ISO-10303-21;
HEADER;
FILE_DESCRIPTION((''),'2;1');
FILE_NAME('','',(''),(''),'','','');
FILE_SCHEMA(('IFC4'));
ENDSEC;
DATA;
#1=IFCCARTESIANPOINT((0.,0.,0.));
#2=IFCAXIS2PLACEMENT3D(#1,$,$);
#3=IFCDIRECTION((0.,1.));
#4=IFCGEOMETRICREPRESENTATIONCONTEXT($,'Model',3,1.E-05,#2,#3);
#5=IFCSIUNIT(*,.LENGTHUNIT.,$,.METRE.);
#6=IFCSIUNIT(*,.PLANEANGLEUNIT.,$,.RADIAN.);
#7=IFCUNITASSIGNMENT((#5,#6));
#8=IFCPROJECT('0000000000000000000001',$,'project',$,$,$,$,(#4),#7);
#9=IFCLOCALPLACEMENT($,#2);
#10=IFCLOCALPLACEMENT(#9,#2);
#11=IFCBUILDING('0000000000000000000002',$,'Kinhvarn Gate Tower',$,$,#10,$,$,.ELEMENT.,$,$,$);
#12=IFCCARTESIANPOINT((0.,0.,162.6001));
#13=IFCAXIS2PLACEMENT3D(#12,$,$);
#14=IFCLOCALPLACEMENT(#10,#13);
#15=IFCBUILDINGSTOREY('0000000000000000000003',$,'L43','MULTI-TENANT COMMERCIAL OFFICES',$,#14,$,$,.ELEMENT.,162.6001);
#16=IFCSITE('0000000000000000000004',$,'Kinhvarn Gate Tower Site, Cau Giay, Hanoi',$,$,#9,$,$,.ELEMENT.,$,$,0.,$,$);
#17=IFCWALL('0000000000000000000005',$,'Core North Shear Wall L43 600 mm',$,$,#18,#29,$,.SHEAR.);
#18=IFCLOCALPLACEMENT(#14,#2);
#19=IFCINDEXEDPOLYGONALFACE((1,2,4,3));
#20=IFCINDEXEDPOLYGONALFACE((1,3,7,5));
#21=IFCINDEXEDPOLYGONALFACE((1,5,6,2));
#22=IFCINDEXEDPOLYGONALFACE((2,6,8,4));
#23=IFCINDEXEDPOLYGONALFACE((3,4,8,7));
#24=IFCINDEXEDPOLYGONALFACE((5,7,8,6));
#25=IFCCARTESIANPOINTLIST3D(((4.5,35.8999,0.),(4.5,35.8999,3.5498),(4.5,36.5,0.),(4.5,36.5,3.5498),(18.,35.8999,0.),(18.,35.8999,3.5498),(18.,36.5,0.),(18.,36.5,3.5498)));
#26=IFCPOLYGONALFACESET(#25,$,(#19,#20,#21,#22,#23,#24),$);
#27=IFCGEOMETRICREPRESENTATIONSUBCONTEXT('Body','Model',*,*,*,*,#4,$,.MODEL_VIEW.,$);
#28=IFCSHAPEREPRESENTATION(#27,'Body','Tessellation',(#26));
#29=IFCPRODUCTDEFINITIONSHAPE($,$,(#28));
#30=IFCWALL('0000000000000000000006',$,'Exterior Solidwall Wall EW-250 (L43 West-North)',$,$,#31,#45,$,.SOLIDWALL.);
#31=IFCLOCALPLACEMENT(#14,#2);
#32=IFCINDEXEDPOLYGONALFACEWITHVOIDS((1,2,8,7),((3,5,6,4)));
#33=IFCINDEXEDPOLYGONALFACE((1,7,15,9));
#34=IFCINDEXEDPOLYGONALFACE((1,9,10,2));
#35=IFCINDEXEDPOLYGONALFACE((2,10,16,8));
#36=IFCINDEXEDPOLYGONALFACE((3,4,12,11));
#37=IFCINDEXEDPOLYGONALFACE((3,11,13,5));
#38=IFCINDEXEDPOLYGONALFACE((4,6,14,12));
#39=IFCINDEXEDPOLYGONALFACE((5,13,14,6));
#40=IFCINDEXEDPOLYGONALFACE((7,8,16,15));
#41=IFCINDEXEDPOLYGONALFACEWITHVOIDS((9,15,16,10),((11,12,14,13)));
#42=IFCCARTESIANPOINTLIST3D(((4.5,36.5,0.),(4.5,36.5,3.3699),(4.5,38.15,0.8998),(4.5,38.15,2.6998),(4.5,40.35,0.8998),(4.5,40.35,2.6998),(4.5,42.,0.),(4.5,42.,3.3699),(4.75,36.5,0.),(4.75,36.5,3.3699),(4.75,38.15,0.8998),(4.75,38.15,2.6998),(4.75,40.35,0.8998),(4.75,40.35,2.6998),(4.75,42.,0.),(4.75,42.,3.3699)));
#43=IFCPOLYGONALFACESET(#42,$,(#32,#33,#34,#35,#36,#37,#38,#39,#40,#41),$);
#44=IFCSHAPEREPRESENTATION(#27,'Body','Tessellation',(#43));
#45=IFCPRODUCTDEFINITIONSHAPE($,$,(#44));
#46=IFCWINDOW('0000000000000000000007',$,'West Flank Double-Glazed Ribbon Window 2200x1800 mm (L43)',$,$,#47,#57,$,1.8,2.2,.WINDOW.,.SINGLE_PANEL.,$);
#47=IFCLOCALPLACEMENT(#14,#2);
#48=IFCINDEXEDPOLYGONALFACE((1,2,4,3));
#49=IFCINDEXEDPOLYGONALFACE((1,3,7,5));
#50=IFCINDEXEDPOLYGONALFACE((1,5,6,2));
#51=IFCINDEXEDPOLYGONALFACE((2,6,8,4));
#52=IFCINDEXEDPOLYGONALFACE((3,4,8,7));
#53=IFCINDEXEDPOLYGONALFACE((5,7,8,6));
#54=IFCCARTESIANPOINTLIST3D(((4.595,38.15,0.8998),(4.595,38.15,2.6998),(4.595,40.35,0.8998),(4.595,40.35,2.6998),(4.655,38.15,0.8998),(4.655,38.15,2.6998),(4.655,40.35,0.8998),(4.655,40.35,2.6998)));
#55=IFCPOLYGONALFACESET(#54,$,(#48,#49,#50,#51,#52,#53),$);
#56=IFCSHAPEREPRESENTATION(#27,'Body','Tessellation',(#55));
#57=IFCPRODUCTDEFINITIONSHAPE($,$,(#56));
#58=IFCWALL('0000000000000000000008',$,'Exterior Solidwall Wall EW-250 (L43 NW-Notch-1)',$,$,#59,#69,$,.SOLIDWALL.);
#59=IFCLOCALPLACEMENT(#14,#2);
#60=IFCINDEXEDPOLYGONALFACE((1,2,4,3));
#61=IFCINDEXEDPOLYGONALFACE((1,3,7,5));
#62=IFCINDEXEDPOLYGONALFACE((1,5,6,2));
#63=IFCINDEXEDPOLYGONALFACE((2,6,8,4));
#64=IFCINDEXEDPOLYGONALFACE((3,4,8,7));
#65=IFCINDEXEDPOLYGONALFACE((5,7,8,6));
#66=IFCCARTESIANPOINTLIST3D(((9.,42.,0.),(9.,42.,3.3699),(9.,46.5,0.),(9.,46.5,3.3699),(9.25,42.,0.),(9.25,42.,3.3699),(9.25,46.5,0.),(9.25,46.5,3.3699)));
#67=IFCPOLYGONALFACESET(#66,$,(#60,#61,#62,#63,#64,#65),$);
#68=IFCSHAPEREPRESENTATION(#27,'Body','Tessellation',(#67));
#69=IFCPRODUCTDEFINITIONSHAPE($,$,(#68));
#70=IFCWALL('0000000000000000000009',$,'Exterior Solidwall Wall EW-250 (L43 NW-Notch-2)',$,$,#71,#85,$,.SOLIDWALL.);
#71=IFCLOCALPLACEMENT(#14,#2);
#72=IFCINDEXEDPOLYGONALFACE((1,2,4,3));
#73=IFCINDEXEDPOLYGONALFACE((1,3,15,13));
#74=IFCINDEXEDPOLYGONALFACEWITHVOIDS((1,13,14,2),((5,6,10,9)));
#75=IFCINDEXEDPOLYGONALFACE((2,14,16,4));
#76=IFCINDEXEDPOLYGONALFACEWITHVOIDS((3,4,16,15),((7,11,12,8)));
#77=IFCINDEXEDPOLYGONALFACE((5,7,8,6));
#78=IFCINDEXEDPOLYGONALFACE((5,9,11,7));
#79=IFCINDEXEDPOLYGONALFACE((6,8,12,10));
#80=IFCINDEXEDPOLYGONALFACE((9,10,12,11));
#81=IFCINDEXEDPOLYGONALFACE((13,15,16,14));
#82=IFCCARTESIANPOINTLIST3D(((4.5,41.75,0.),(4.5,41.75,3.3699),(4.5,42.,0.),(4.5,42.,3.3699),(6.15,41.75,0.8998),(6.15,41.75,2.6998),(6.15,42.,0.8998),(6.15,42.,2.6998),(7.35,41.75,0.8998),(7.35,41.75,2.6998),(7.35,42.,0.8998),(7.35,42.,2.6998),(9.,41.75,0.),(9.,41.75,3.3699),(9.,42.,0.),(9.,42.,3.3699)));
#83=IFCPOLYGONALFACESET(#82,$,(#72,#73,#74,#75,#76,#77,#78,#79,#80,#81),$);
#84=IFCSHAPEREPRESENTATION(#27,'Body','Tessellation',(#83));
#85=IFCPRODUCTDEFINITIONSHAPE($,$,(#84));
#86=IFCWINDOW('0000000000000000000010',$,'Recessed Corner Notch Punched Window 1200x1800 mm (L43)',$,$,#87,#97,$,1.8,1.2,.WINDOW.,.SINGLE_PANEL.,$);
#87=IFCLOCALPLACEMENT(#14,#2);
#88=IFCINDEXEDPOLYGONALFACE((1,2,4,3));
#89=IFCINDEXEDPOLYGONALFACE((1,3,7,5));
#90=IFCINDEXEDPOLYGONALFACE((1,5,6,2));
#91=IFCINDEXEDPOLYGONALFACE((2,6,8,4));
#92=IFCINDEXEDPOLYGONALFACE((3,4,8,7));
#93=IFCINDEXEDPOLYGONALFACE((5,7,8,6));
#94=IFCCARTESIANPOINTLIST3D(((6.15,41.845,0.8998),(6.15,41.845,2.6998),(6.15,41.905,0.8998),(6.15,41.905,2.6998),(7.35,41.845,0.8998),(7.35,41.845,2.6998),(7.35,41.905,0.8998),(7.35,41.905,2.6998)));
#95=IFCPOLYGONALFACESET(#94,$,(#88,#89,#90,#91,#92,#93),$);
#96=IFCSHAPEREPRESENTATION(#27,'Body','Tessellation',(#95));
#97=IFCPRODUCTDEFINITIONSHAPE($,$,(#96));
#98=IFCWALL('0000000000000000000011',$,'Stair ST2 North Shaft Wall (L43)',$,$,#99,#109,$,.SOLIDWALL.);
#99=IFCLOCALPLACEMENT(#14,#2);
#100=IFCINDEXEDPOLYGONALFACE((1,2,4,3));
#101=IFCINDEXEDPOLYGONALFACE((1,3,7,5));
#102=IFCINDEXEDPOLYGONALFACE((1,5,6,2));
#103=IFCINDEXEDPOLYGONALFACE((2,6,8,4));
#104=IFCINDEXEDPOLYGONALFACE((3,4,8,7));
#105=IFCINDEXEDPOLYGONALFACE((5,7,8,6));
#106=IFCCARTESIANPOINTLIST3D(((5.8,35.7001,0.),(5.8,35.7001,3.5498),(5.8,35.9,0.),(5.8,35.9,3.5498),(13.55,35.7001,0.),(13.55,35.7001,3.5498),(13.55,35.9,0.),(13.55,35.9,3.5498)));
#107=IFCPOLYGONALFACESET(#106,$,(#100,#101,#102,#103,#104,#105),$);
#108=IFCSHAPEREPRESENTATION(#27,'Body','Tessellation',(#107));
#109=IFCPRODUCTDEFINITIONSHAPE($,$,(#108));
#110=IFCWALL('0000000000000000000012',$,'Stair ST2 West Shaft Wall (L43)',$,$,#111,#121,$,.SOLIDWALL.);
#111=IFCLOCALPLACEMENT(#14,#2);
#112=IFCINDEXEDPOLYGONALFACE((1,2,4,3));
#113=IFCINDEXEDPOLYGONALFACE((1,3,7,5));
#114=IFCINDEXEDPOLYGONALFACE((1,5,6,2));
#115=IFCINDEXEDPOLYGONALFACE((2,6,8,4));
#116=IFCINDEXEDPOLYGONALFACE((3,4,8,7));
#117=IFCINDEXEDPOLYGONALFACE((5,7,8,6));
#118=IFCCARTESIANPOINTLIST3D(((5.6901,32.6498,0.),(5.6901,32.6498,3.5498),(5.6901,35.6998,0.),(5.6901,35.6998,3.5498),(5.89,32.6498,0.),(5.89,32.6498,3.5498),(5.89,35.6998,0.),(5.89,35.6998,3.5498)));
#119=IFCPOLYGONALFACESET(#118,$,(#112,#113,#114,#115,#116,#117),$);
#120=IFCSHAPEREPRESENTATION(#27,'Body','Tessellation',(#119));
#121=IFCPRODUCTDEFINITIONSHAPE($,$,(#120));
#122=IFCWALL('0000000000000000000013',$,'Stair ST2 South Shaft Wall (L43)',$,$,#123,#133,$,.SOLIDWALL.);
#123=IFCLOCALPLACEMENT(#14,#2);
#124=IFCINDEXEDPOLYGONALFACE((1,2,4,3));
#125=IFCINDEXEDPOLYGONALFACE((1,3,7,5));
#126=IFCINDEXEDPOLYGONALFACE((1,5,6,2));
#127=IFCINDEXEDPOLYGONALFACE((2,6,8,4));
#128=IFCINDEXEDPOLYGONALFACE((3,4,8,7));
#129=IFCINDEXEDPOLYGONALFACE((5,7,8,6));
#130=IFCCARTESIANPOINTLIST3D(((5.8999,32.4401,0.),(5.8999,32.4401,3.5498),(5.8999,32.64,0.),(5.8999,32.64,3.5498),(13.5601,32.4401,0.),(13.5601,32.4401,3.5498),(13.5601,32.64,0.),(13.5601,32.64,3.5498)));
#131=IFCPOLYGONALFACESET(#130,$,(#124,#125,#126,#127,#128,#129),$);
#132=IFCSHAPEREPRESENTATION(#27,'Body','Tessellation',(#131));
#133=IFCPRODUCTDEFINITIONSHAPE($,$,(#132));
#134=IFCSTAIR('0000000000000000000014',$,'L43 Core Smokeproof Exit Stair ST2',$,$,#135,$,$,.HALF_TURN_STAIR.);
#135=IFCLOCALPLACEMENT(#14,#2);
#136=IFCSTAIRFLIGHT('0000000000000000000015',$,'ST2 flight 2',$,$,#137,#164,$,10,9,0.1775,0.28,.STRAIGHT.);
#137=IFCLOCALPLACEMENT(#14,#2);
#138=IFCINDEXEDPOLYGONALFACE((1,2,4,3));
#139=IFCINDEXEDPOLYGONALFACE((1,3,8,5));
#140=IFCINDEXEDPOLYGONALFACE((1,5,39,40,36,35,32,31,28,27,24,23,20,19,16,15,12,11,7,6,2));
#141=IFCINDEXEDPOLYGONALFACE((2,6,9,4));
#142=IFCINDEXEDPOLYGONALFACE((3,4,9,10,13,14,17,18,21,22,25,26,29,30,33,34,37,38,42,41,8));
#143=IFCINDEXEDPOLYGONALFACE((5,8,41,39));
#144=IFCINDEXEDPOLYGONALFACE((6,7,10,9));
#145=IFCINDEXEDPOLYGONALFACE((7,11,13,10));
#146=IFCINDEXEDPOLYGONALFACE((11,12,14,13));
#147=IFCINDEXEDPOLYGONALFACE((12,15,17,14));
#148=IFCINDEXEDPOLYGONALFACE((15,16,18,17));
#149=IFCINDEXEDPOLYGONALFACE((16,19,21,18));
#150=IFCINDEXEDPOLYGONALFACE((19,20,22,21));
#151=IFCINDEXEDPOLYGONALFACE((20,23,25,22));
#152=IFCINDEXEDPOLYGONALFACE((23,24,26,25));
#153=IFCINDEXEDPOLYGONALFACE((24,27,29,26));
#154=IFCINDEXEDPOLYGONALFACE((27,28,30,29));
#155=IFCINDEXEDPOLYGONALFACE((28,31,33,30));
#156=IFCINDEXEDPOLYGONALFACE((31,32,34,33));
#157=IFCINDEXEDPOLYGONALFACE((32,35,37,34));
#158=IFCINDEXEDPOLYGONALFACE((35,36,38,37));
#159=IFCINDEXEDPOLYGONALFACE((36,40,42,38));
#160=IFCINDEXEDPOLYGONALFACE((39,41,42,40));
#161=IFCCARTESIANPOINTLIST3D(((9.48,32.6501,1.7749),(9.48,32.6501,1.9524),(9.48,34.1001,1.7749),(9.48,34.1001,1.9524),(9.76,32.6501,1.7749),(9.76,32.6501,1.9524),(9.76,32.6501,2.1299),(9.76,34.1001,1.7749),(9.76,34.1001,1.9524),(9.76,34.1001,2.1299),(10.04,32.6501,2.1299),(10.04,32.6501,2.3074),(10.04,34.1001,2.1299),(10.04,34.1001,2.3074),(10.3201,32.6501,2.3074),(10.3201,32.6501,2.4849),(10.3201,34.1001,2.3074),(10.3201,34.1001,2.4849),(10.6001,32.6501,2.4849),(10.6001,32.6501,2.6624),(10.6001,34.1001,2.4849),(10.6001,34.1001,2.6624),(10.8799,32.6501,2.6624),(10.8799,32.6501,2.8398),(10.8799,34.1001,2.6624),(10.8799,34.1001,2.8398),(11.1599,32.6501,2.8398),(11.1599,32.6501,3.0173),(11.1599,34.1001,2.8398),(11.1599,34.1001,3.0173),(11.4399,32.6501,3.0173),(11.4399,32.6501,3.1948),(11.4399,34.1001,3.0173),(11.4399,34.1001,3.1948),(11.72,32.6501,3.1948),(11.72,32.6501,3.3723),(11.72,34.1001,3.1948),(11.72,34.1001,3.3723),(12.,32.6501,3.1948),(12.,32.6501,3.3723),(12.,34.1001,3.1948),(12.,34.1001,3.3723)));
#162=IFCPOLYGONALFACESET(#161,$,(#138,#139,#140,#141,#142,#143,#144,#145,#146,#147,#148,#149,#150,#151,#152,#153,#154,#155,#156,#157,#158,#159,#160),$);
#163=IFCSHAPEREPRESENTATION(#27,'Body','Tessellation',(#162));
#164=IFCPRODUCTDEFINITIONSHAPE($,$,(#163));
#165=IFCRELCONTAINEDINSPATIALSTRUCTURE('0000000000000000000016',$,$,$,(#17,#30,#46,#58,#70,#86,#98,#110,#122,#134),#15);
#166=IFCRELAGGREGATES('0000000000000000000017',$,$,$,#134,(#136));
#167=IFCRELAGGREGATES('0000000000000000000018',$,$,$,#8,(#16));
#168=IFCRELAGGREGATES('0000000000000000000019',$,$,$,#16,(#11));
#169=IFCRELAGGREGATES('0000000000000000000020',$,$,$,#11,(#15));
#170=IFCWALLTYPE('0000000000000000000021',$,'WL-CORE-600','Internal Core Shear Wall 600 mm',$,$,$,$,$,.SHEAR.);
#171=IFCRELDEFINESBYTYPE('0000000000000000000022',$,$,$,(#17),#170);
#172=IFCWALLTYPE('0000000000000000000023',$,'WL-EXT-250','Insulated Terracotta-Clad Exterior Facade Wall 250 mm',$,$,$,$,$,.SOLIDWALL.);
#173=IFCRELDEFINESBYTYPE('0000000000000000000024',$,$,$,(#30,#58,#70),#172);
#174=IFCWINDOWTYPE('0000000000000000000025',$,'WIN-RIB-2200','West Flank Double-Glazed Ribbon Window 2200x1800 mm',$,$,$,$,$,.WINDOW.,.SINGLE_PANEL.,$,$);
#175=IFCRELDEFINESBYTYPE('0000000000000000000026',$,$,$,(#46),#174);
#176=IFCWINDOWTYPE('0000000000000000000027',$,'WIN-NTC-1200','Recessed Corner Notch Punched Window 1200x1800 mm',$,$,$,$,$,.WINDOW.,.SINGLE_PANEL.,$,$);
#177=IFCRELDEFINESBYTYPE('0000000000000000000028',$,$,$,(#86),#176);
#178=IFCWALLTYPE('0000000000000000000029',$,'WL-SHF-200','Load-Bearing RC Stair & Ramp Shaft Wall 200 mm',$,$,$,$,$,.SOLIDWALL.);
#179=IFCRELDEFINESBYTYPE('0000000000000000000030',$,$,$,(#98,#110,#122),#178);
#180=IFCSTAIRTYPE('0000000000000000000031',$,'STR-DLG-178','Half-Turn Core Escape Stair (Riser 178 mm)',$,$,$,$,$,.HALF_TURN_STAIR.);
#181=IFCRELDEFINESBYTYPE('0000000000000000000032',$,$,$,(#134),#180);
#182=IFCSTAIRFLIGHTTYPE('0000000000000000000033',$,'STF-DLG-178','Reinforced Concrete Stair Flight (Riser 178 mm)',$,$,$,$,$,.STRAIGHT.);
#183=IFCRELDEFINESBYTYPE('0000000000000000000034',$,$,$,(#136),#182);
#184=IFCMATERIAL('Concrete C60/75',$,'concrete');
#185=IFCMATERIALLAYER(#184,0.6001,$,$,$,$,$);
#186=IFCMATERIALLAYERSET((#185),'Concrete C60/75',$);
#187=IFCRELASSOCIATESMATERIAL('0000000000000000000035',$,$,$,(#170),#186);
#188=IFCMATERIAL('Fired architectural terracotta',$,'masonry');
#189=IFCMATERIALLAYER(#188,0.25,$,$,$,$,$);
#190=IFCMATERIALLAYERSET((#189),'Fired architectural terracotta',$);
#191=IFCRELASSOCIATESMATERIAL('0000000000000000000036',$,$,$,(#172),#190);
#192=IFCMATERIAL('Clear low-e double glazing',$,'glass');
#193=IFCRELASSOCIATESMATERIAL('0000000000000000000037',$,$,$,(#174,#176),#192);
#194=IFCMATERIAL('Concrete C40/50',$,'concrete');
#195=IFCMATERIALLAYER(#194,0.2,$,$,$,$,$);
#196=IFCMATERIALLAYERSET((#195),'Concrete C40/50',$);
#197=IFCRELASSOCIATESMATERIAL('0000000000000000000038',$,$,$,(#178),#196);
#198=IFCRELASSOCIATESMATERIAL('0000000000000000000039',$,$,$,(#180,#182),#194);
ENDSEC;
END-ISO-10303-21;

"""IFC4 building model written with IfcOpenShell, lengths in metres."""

from ifc_helpers import new_model, si_unit, direction, frame, frame_2d, origin, place, context, subcontext, project, spatial, polyline, rectangle, outline, extrude, material, layer, layer_set, type_object, element, fill, aggregate, save


model = new_model("IFC4")

# Units and contexts
model_context = context("Model", 3, precision=1e-05, world=origin(), true_north=direction((0.0, 1.0)))
body_context = subcontext(model_context, "Body", "Model", "MODEL_VIEW")
ifc_project = project(units=[si_unit("LENGTHUNIT", "METRE"), si_unit("PLANEANGLEUNIT", "RADIAN")], contexts=[model_context])

# Site, building, storey
site_placement = place(None, origin())
site = spatial("IfcSite", under=ifc_project, at=site_placement, Name="Kinhvarn Gate Tower Site, Cau Giay, Hanoi", CompositionType="ELEMENT", RefElevation=0.0)
building_placement = place(site_placement, origin())
building = spatial("IfcBuilding", under=site, at=building_placement, Name="Kinhvarn Gate Tower", CompositionType="ELEMENT")
storey_placement = place(building_placement, frame((0.0, 0.0, 162.6001)))
storey = spatial("IfcBuildingStorey", under=building, at=storey_placement, Name="L43", Description="MULTI-TENANT COMMERCIAL OFFICES", CompositionType="ELEMENT", Elevation=162.6001)

# Shared definitions
ifc_material_1 = material(Name="Concrete C60/75", Category="concrete")

# Shared definitions
ifc_material_2 = material(Name="Clear low-e double glazing", Category="glass")

# Wall
ifc_layer_1 = layer(ifc_material_1, 0.6001)
ifc_layer_set_1 = layer_set([ifc_layer_1], Name="Concrete C60/75")
wall_type_1 = type_object("IfcWallType", Name="WL-CORE-600", Description="Internal Core Shear Wall 600 mm", PredefinedType="SHEAR", material=ifc_layer_set_1)
wall_1_placement = place(storey_placement, frame((4.5, 36.2, 0.0), z_axis=(0.0, 0.0, 1.0), x_axis=(1.0, 0.0, 0.0)))
element("IfcWall", 1, at=wall_1_placement, inside=storey, type_object=wall_type_1, Name="Core North Shear Wall L43 600 mm", PredefinedType="SHEAR", context=body_context, shape_type="SweptSolid", body=[
    extrude(rectangle(XDim=13.5, YDim=0.6001, at=frame_2d((6.75, 0.0))), origin(), (0.0, 0.0, 1.0), 3.5498),
])

# Wall, opening, window
ifc_material_3 = material(Name="Fired architectural terracotta", Category="masonry")
ifc_layer_2 = layer(ifc_material_3, 0.25)
ifc_layer_set_2 = layer_set([ifc_layer_2], Name="Fired architectural terracotta")
wall_type_2 = type_object("IfcWallType", Name="WL-EXT-250", Description="Insulated Terracotta-Clad Exterior Facade Wall 250 mm", PredefinedType="SOLIDWALL", material=ifc_layer_set_2)
wall_2_placement = place(storey_placement, frame((4.625, 42.0, 0.0), z_axis=(0.0, 0.0, 1.0), x_axis=(0.0, -1.0, 0.0)))
wall_2 = element("IfcWall", 2, at=wall_2_placement, inside=storey, type_object=wall_type_2, Name="Exterior Solidwall Wall EW-250 (L43 West-North)", PredefinedType="SOLIDWALL", context=body_context, shape_type="SweptSolid", body=[
    extrude(rectangle(XDim=5.5, YDim=0.25, at=frame_2d((2.75, 0.0))), origin(), (0.0, 0.0, 1.0), 3.3699),
])
opening_1_placement = place(wall_2_placement, frame((1.6499, 0.0, 0.8999)))
opening_1 = element("IfcOpeningElement", 3, at=opening_1_placement, cuts=wall_2, PredefinedType="OPENING", context=body_context, shape_type="SweptSolid", body=[
    extrude(rectangle(XDim=2.2, YDim=1.8, at=frame_2d((1.1001, 0.8999))), frame((0.0, 0.135, 0.0), z_axis=(0.0, -1.0, 0.0), x_axis=(1.0, 0.0, 0.0)), (0.0, 0.0, 1.0), 0.27),
])
window_type_1 = type_object("IfcWindowType", Name="WIN-RIB-2200", Description="West Flank Double-Glazed Ribbon Window 2200x1800 mm", PartitioningType="SINGLE_PANEL", PredefinedType="WINDOW", material=ifc_material_2)
window_1_placement = place(opening_1_placement, origin())
window_1 = element("IfcWindow", 4, at=window_1_placement, inside=storey, type_object=window_type_1, Name="West Flank Double-Glazed Ribbon Window 2200x1800 mm (L43)", OverallHeight=1.8, OverallWidth=2.2, PartitioningType="SINGLE_PANEL", PredefinedType="WINDOW", context=body_context, shape_type="SweptSolid", body=[
    extrude(rectangle(XDim=2.2, YDim=1.8, at=frame_2d((1.1001, 0.8999))), frame((0.0, 0.03, 0.0), z_axis=(0.0, -1.0, 0.0), x_axis=(1.0, 0.0, 0.0)), (0.0, 0.0, 1.0), 0.0601),
])
fill(opening_1, window_1)

# Wall
wall_3_placement = place(storey_placement, frame((9.125, 46.5, 0.0), z_axis=(0.0, 0.0, 1.0), x_axis=(0.0, -1.0, 0.0)))
element("IfcWall", 5, at=wall_3_placement, inside=storey, type_object=wall_type_2, Name="Exterior Solidwall Wall EW-250 (L43 NW-Notch-1)", PredefinedType="SOLIDWALL", context=body_context, shape_type="SweptSolid", body=[
    extrude(rectangle(XDim=4.5, YDim=0.25, at=frame_2d((2.25, 0.0))), origin(), (0.0, 0.0, 1.0), 3.3699),
])

# Wall, opening, window
wall_4_placement = place(storey_placement, frame((9.0, 41.875, 0.0), z_axis=(0.0, 0.0, 1.0), x_axis=(-1.0, 0.0, 0.0)))
wall_4 = element("IfcWall", 6, at=wall_4_placement, inside=storey, type_object=wall_type_2, Name="Exterior Solidwall Wall EW-250 (L43 NW-Notch-2)", PredefinedType="SOLIDWALL", context=body_context, shape_type="SweptSolid", body=[
    extrude(rectangle(XDim=4.5, YDim=0.25, at=frame_2d((2.25, 0.0))), origin(), (0.0, 0.0, 1.0), 3.3699),
])
opening_2_placement = place(wall_4_placement, frame((1.6499, 0.0, 0.8999)))
opening_2 = element("IfcOpeningElement", 7, at=opening_2_placement, cuts=wall_4, PredefinedType="OPENING", context=body_context, shape_type="SweptSolid", body=[
    extrude(rectangle(XDim=1.2, YDim=1.8, at=frame_2d((0.6001, 0.8999))), frame((0.0, 0.135, 0.0), z_axis=(0.0, -1.0, 0.0), x_axis=(1.0, 0.0, 0.0)), (0.0, 0.0, 1.0), 0.27),
])
window_type_2 = type_object("IfcWindowType", Name="WIN-NTC-1200", Description="Recessed Corner Notch Punched Window 1200x1800 mm", PartitioningType="SINGLE_PANEL", PredefinedType="WINDOW", material=ifc_material_2)
window_2_placement = place(opening_2_placement, origin())
window_2 = element("IfcWindow", 8, at=window_2_placement, inside=storey, type_object=window_type_2, Name="Recessed Corner Notch Punched Window 1200x1800 mm (L43)", OverallHeight=1.8, OverallWidth=1.2, PartitioningType="SINGLE_PANEL", PredefinedType="WINDOW", context=body_context, shape_type="SweptSolid", body=[
    extrude(rectangle(XDim=1.2, YDim=1.8, at=frame_2d((0.6001, 0.8999))), frame((0.0, 0.03, 0.0), z_axis=(0.0, -1.0, 0.0), x_axis=(1.0, 0.0, 0.0)), (0.0, 0.0, 1.0), 0.0601),
])
fill(opening_2, window_2)

# Walls
ifc_material_4 = material(Name="Concrete C40/50", Category="concrete")
ifc_layer_3 = layer(ifc_material_4, 0.2)
ifc_layer_set_3 = layer_set([ifc_layer_3], Name="Concrete C40/50")
wall_type_3 = type_object("IfcWallType", Name="WL-SHF-200", Description="Load-Bearing RC Stair & Ramp Shaft Wall 200 mm", PredefinedType="SOLIDWALL", material=ifc_layer_set_3)
wall_5_placement = place(storey_placement, frame((5.8, 35.8, 0.0), z_axis=(0.0, 0.0, 1.0), x_axis=(1.0, 0.0, 0.0)))
element("IfcWall", 9, at=wall_5_placement, inside=storey, type_object=wall_type_3, Name="Stair ST2 North Shaft Wall (L43)", PredefinedType="SOLIDWALL", context=body_context, shape_type="SweptSolid", body=[
    extrude(rectangle(XDim=7.75, YDim=0.2, at=frame_2d((3.875, 0.0))), origin(), (0.0, 0.0, 1.0), 3.5498),
])
wall_6_placement = place(storey_placement, frame((5.79, 32.6499, 0.0), z_axis=(0.0, 0.0, 1.0), x_axis=(0.0, 1.0, 0.0)))
element("IfcWall", 10, at=wall_6_placement, inside=storey, type_object=wall_type_3, Name="Stair ST2 West Shaft Wall (L43)", PredefinedType="SOLIDWALL", context=body_context, shape_type="SweptSolid", body=[
    extrude(rectangle(XDim=3.05, YDim=0.2, at=frame_2d((1.5249, 0.0))), origin(), (0.0, 0.0, 1.0), 3.5498),
])
wall_7_placement = place(storey_placement, frame((5.8999, 32.54, 0.0), z_axis=(0.0, 0.0, 1.0), x_axis=(1.0, 0.0, 0.0)))
element("IfcWall", 11, at=wall_7_placement, inside=storey, type_object=wall_type_3, Name="Stair ST2 South Shaft Wall (L43)", PredefinedType="SOLIDWALL", context=body_context, shape_type="SweptSolid", body=[
    extrude(rectangle(XDim=7.6602, YDim=0.2, at=frame_2d((3.8301, 0.0))), origin(), (0.0, 0.0, 1.0), 3.5498),
])

# Stair, stair flight
stair_type = type_object("IfcStairType", Name="STR-DLG-178", Description="Half-Turn Core Escape Stair (Riser 178 mm)", PredefinedType="HALF_TURN_STAIR", material=ifc_material_4)
stair_placement = place(storey_placement, origin())
stair = element("IfcStair", 12, at=stair_placement, inside=storey, type_object=stair_type, Name="L43 Core Smokeproof Exit Stair ST2", PredefinedType="HALF_TURN_STAIR")
stair_flight_type = type_object("IfcStairFlightType", Name="STF-DLG-178", Description="Reinforced Concrete Stair Flight (Riser 178 mm)", PredefinedType="STRAIGHT", material=ifc_material_4)
stair_flight_placement = place(storey_placement, frame((9.48, 33.375, 1.7749), z_axis=(0.0, 0.0, 1.0), x_axis=(1.0, 0.0, 0.0)))
stair_flight = element("IfcStairFlight", 13, at=stair_flight_placement, type_object=stair_flight_type, Name="ST2 flight 2", NumberOfRisers=10, NumberOfTreads=9, PredefinedType="STRAIGHT", RiserHeight=0.1775, TreadLength=0.28, context=body_context, shape_type="SweptSolid", body=[
    extrude(outline(polyline([(0.0, 0.0), (0.0, 0.1775), (0.28, 0.1775), (0.28, 0.355), (0.5601, 0.355), (0.5601, 0.5325), (0.8401, 0.5325), (0.8401, 0.71), (1.1201, 0.71), (1.1201, 0.8875), (1.3999, 0.8875), (1.3999, 1.0649), (1.6799, 1.0649), (1.6799, 1.2424), (1.96, 1.2424), (1.96, 1.4199), (2.24, 1.4199), (2.24, 1.5974), (2.52, 1.5974), (2.52, 1.7749), (2.52, 1.4199), (0.28, 0.0), (0.0, 0.0)])), frame((0.0, 0.7251, 0.0), z_axis=(0.0, -1.0, 0.0), x_axis=(1.0, 0.0, 0.0)), (0.0, 0.0, 1.0), 1.45),
])
aggregate(stair, [stair_flight])

save(model, "model.ifc")
